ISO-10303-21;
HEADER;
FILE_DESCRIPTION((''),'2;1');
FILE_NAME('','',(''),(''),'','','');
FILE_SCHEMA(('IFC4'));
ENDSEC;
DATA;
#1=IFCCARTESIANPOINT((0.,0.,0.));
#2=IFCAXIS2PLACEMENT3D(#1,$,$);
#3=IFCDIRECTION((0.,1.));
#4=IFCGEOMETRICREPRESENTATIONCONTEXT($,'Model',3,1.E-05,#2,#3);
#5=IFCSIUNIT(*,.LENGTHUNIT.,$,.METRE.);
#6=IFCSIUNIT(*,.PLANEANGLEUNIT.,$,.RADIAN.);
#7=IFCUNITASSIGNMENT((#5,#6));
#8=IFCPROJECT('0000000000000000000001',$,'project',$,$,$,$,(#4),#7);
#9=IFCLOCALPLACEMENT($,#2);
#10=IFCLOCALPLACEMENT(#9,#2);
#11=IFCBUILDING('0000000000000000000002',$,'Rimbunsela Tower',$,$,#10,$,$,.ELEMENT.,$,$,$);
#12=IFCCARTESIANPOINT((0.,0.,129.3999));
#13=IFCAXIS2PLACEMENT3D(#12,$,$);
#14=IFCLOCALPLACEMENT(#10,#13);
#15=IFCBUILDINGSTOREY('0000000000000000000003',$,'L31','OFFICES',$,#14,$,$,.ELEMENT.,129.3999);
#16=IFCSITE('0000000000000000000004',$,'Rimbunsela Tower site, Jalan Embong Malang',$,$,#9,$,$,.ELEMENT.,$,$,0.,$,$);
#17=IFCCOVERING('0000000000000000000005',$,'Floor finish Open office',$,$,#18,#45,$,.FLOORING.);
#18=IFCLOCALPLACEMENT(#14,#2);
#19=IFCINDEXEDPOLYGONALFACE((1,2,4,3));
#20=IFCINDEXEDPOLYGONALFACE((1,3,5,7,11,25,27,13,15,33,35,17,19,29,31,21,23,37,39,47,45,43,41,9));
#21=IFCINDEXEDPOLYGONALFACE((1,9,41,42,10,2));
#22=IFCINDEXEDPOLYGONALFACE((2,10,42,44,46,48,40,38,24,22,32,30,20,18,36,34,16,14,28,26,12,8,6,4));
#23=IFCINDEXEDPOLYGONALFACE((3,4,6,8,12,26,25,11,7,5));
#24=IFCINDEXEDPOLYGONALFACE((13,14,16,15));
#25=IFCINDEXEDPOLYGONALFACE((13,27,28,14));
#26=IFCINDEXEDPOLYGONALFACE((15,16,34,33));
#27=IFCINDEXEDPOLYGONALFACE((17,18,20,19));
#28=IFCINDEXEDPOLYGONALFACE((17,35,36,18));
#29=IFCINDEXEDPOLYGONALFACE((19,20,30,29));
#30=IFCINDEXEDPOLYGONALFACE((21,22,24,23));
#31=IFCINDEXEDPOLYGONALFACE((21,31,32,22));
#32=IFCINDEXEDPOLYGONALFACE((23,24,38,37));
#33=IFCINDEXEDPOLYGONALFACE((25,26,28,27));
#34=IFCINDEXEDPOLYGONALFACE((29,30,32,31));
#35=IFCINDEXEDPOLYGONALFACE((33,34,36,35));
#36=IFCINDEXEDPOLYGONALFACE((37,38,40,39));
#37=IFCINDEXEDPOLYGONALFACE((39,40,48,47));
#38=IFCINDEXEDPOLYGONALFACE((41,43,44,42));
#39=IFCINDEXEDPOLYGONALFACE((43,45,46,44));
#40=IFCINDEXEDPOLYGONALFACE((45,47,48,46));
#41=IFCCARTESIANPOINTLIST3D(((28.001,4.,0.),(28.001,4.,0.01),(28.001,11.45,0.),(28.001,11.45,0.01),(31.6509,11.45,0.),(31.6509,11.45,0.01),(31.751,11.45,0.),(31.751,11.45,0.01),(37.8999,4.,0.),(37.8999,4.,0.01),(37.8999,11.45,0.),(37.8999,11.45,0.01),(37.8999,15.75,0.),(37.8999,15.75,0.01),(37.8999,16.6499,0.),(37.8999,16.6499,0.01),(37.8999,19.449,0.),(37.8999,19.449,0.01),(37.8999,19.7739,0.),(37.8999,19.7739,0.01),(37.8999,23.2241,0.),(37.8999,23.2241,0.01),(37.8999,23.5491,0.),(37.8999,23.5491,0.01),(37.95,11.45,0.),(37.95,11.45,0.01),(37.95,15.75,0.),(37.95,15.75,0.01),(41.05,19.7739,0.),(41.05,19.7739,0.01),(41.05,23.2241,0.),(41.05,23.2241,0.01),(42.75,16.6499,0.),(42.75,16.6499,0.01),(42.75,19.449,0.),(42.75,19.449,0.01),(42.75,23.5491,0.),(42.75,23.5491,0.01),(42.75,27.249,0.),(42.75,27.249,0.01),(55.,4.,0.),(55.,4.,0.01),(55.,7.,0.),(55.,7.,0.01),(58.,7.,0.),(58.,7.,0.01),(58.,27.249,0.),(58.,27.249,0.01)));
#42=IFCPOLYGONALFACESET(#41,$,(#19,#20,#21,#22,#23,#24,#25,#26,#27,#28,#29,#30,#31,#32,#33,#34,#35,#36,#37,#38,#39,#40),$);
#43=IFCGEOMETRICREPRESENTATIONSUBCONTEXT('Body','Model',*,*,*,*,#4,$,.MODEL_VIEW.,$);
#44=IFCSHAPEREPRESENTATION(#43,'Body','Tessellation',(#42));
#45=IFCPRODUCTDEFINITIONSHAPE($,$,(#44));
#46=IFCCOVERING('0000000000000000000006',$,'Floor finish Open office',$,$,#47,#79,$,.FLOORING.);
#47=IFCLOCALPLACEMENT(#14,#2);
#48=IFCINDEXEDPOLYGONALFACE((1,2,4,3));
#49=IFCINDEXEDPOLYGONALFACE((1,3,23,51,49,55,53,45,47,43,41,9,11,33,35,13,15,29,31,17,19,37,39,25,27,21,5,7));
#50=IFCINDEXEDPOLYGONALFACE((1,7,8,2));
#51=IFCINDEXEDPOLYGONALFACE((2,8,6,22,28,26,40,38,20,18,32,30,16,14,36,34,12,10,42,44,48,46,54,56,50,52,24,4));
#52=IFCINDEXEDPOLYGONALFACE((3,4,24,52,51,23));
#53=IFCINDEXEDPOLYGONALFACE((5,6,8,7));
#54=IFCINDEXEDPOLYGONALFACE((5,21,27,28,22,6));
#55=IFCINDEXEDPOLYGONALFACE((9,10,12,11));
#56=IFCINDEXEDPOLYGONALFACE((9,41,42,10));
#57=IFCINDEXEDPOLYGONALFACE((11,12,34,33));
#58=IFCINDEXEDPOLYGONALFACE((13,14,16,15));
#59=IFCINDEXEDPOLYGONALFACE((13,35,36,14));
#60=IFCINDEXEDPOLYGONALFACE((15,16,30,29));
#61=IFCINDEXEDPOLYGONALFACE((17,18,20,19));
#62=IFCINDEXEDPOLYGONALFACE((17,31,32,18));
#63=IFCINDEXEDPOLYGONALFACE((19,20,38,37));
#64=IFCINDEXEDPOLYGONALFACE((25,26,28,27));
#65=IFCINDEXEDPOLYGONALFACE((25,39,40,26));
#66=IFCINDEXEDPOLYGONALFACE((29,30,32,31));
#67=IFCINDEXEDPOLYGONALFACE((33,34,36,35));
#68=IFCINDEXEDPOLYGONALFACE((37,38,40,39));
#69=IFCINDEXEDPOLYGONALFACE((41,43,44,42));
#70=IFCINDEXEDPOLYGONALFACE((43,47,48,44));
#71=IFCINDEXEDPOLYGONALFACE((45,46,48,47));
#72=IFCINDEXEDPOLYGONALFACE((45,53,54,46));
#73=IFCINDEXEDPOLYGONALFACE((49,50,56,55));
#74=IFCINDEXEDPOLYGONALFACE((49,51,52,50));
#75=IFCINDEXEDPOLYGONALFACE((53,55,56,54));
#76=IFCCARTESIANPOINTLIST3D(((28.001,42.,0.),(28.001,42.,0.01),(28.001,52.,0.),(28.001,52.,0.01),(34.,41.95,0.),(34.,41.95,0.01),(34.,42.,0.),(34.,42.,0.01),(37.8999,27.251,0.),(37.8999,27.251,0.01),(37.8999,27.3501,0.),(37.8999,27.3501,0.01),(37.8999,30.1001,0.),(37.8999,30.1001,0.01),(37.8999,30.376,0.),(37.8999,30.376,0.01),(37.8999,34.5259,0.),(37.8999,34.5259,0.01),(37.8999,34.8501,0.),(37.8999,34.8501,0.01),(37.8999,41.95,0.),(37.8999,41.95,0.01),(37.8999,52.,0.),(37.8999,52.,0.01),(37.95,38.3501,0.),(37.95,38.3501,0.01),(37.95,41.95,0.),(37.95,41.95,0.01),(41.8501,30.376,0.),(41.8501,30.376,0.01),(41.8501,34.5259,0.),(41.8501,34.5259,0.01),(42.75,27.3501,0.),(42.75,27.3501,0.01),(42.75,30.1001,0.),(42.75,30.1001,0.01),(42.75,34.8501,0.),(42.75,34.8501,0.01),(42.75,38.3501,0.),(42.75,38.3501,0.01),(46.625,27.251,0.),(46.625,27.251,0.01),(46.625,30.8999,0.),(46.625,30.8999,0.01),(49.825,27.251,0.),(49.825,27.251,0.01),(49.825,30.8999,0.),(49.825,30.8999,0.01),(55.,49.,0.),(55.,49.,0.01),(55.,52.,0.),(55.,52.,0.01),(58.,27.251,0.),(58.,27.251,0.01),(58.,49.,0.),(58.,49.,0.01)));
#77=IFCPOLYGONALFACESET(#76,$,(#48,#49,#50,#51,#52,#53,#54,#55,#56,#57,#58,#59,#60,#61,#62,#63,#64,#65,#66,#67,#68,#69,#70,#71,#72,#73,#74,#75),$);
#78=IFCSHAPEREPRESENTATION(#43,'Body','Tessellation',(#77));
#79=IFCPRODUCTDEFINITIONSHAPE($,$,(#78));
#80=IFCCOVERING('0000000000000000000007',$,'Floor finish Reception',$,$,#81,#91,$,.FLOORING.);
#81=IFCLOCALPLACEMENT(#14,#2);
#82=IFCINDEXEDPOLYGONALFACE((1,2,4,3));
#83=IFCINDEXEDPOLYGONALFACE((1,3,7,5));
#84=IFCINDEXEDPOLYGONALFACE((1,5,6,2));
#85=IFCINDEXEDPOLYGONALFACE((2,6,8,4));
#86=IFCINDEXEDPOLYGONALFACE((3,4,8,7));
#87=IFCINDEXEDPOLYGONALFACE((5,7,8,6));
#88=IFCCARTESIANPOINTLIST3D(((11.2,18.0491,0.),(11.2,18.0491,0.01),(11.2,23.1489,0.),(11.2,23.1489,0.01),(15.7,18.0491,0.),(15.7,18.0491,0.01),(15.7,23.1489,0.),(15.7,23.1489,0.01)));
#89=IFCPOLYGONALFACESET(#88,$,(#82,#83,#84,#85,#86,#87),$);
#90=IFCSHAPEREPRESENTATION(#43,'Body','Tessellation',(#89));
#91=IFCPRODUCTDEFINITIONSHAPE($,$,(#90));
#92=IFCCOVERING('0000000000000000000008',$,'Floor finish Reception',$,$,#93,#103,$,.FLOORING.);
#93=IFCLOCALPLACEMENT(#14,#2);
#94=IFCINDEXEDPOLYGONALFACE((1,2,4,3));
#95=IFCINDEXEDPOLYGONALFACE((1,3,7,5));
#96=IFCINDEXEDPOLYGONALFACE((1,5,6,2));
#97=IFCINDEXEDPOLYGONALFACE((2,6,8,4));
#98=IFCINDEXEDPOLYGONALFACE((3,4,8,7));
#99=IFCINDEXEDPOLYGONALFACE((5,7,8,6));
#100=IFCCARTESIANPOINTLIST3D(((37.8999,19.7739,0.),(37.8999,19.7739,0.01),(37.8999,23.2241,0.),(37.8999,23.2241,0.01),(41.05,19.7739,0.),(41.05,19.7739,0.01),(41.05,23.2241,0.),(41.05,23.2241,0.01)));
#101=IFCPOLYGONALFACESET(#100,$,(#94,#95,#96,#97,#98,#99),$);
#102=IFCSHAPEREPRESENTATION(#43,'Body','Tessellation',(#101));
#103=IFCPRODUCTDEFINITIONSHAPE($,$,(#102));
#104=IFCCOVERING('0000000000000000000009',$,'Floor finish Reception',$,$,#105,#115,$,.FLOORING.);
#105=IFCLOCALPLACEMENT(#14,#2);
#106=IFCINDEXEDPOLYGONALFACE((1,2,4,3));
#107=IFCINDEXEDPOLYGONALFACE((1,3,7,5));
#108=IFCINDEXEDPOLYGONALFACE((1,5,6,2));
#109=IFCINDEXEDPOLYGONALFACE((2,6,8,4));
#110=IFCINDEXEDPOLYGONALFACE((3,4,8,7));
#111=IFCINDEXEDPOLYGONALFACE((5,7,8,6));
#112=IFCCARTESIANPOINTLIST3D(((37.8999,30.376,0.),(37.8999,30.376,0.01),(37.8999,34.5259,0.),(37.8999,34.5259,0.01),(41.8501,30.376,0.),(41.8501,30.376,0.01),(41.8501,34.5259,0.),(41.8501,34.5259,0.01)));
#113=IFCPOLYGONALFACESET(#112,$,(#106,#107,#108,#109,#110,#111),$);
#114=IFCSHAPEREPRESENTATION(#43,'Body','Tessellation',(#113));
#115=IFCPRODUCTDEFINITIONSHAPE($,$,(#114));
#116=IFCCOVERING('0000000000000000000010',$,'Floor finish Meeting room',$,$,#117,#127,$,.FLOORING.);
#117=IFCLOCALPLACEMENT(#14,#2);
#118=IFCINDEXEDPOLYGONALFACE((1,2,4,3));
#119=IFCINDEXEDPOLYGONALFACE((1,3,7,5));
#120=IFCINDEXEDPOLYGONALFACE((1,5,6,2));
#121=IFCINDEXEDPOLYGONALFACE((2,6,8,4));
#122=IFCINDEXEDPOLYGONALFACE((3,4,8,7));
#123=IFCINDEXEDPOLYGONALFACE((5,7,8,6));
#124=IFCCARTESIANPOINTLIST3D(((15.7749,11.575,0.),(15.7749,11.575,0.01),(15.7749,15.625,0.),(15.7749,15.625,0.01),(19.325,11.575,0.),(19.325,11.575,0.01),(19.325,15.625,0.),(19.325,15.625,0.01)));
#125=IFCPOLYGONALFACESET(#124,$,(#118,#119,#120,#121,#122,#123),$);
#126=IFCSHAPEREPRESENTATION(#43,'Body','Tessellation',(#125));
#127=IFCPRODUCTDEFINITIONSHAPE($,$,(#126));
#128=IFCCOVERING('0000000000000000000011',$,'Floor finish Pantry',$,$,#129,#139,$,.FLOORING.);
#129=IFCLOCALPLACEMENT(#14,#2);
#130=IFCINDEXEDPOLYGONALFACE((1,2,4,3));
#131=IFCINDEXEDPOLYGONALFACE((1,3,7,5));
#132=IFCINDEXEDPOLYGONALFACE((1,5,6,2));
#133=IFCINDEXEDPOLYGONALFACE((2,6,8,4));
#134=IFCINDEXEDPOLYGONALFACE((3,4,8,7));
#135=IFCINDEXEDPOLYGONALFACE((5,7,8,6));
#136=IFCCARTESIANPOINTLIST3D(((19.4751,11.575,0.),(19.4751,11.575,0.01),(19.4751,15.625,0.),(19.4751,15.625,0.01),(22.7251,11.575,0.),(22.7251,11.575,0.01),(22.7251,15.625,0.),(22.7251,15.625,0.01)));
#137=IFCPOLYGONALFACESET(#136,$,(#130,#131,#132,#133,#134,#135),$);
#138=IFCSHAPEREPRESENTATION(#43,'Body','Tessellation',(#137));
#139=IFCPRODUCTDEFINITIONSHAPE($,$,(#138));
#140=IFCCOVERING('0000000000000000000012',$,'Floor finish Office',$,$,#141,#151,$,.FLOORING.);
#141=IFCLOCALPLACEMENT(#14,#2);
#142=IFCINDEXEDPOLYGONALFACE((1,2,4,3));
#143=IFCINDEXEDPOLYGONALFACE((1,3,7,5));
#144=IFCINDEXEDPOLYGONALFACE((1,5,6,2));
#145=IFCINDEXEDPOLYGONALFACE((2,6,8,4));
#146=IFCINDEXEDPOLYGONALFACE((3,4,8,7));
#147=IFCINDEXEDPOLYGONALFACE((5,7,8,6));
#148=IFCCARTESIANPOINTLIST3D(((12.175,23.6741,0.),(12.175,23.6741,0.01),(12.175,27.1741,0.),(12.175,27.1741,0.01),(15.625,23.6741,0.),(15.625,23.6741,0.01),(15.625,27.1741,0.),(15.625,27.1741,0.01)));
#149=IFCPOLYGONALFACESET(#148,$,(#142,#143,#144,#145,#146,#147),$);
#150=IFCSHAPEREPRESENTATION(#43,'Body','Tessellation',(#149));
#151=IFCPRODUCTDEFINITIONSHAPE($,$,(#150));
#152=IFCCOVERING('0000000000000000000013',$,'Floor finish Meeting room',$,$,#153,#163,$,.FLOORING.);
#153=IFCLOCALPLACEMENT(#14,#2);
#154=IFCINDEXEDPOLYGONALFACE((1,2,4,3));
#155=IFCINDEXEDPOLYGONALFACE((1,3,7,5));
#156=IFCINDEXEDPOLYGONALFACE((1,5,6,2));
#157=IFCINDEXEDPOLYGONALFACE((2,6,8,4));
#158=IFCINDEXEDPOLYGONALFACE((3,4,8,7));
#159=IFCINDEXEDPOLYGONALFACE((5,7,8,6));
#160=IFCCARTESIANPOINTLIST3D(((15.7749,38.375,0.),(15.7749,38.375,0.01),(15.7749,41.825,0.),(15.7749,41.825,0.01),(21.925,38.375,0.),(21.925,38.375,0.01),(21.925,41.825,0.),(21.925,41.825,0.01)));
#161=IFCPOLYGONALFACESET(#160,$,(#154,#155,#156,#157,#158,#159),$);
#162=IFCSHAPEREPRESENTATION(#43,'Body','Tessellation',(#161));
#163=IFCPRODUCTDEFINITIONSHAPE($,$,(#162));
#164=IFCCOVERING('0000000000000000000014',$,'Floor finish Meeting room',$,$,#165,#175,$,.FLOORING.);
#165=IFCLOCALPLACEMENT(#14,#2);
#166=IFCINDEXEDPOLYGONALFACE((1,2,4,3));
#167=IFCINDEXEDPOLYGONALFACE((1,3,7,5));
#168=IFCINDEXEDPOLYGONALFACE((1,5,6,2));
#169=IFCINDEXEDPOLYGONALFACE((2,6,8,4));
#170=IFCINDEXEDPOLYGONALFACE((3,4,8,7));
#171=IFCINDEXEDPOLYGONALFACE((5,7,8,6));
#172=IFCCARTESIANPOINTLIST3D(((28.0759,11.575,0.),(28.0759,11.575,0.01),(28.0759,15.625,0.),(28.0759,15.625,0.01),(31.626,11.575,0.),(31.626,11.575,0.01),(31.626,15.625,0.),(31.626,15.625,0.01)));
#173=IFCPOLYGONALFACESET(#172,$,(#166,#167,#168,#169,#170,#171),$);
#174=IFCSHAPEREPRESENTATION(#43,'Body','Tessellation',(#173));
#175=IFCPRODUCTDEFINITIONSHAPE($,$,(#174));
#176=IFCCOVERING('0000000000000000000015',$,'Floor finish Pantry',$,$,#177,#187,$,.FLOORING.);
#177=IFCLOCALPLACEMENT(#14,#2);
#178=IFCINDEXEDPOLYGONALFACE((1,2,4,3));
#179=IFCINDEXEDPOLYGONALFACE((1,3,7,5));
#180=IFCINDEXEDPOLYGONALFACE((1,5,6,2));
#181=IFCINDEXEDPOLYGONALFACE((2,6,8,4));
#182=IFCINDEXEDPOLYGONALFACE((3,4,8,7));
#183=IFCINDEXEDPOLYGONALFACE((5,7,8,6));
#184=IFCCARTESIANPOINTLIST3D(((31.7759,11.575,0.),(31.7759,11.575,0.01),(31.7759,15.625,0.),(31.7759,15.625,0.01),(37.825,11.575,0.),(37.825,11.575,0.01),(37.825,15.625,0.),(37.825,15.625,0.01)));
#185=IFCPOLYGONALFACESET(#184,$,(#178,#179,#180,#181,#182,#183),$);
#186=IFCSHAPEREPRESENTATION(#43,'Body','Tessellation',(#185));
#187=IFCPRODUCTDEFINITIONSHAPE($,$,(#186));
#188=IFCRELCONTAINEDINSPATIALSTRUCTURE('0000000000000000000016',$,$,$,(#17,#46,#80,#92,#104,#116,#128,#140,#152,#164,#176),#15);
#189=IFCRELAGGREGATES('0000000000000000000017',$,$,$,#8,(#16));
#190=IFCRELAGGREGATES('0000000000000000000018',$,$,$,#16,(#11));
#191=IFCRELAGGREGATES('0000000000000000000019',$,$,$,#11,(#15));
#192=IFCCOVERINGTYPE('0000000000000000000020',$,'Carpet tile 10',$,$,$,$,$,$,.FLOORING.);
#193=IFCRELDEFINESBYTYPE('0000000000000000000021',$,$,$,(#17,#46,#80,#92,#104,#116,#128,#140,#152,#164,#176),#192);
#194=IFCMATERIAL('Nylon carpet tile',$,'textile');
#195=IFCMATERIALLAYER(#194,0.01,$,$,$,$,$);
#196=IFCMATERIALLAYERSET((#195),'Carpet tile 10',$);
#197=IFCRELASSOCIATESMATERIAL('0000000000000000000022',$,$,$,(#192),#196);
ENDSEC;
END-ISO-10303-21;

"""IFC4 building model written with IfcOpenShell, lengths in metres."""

from ifc_helpers import new_model, si_unit, direction, frame, origin, place, context, subcontext, project, spatial, polyline, outline, extrude, material, layer, layer_set, type_object, element, save


model = new_model("IFC4")

# Units and contexts
model_context = context("Model", 3, precision=1e-05, world=origin(), true_north=direction((0.0, 1.0)))
body_context = subcontext(model_context, "Body", "Model", "MODEL_VIEW")
ifc_project = project(units=[si_unit("LENGTHUNIT", "METRE"), si_unit("PLANEANGLEUNIT", "RADIAN")], contexts=[model_context])

# Site, building, storey
site_placement = place(None, origin())
site = spatial("IfcSite", under=ifc_project, at=site_placement, Name="Rimbunsela Tower site, Jalan Embong Malang", CompositionType="ELEMENT", RefElevation=0.0)
building_placement = place(site_placement, origin())
building = spatial("IfcBuilding", under=site, at=building_placement, Name="Rimbunsela Tower", CompositionType="ELEMENT")
storey_placement = place(building_placement, frame((0.0, 0.0, 129.3999)))
storey = spatial("IfcBuildingStorey", under=building, at=storey_placement, Name="L31", Description="OFFICES", CompositionType="ELEMENT", Elevation=129.3999)

# Coverings
ifc_material_1 = material(Name="Nylon carpet tile", Category="textile")
ifc_layer_1 = layer(ifc_material_1, 0.01)
ifc_layer_set_1 = layer_set([ifc_layer_1], Name="Carpet tile 10")
covering_type_1 = type_object("IfcCoveringType", Name="Carpet tile 10", PredefinedType="FLOORING", material=ifc_layer_set_1)
covering_1_placement = place(storey_placement, origin())
element("IfcCovering", 1, at=covering_1_placement, inside=storey, type_object=covering_type_1, Name="Floor finish Open office", PredefinedType="FLOORING", context=body_context, shape_type="SweptSolid", body=[
    extrude(outline(polyline([(28.001, 11.45), (31.6509, 11.45), (31.751, 11.45), (37.8999, 11.45), (37.95, 11.45), (37.95, 15.75), (37.8999, 15.75), (37.8999, 16.6499), (42.75, 16.6499), (42.75, 19.449), (37.8999, 19.449), (37.8999, 19.7739), (41.05, 19.7739), (41.05, 23.2241), (37.8999, 23.2241), (37.8999, 23.5491), (42.75, 23.5491), (42.75, 27.249), (58.0, 27.249), (58.0, 7.0), (55.0, 7.0), (55.0, 4.0), (37.8999, 4.0), (28.001, 4.0), (28.001, 11.45)])), origin(), (0.0, 0.0, 1.0), 0.01),
])
covering_2_placement = place(storey_placement, origin())
element("IfcCovering", 2, at=covering_2_placement, inside=storey, type_object=covering_type_1, Name="Floor finish Open office", PredefinedType="FLOORING", context=body_context, shape_type="SweptSolid", body=[
    extrude(outline(polyline([(49.825, 27.251), (49.825, 30.8999), (46.625, 30.8999), (46.625, 27.251), (37.8999, 27.251), (37.8999, 27.3501), (42.75, 27.3501), (42.75, 30.1001), (37.8999, 30.1001), (37.8999, 30.376), (41.8501, 30.376), (41.8501, 34.5259), (37.8999, 34.5259), (37.8999, 34.8501), (42.75, 34.8501), (42.75, 38.3501), (37.95, 38.3501), (37.95, 41.95), (37.8999, 41.95), (34.0, 41.95), (34.0, 42.0), (28.001, 42.0), (28.001, 52.0), (37.8999, 52.0), (55.0, 52.0), (55.0, 49.0), (58.0, 49.0), (58.0, 27.251), (49.825, 27.251)])), origin(), (0.0, 0.0, 1.0), 0.01),
])
covering_3_placement = place(storey_placement, origin())
element("IfcCovering", 3, at=covering_3_placement, inside=storey, type_object=covering_type_1, Name="Floor finish Reception", PredefinedType="FLOORING", context=body_context, shape_type="SweptSolid", body=[
    extrude(outline(polyline([(15.7, 18.0491), (15.7, 23.1489), (11.2, 23.1489), (11.2, 18.0491), (15.7, 18.0491)])), origin(), (0.0, 0.0, 1.0), 0.01),
])
covering_4_placement = place(storey_placement, origin())
element("IfcCovering", 4, at=covering_4_placement, inside=storey, type_object=covering_type_1, Name="Floor finish Reception", PredefinedType="FLOORING", context=body_context, shape_type="SweptSolid", body=[
    extrude(outline(polyline([(41.05, 19.7739), (41.05, 23.2241), (37.8999, 23.2241), (37.8999, 19.7739), (41.05, 19.7739)])), origin(), (0.0, 0.0, 1.0), 0.01),
])
covering_5_placement = place(storey_placement, origin())
element("IfcCovering", 5, at=covering_5_placement, inside=storey, type_object=covering_type_1, Name="Floor finish Reception", PredefinedType="FLOORING", context=body_context, shape_type="SweptSolid", body=[
    extrude(outline(polyline([(41.8501, 30.376), (41.8501, 34.5259), (37.8999, 34.5259), (37.8999, 30.376), (41.8501, 30.376)])), origin(), (0.0, 0.0, 1.0), 0.01),
])
covering_6_placement = place(storey_placement, origin())
element("IfcCovering", 6, at=covering_6_placement, inside=storey, type_object=covering_type_1, Name="Floor finish Meeting room", PredefinedType="FLOORING", context=body_context, shape_type="SweptSolid", body=[
    extrude(outline(polyline([(19.325, 11.575), (19.325, 15.625), (15.7749, 15.625), (15.7749, 11.575), (19.325, 11.575)])), origin(), (0.0, 0.0, 1.0), 0.01),
])
covering_7_placement = place(storey_placement, origin())
element("IfcCovering", 7, at=covering_7_placement, inside=storey, type_object=covering_type_1, Name="Floor finish Pantry", PredefinedType="FLOORING", context=body_context, shape_type="SweptSolid", body=[
    extrude(outline(polyline([(22.7251, 11.575), (22.7251, 15.625), (19.4751, 15.625), (19.4751, 11.575), (22.7251, 11.575)])), origin(), (0.0, 0.0, 1.0), 0.01),
])
covering_8_placement = place(storey_placement, origin())
element("IfcCovering", 8, at=covering_8_placement, inside=storey, type_object=covering_type_1, Name="Floor finish Office", PredefinedType="FLOORING", context=body_context, shape_type="SweptSolid", body=[
    extrude(outline(polyline([(15.625, 23.6741), (15.625, 27.1741), (12.175, 27.1741), (12.175, 23.6741), (15.625, 23.6741)])), origin(), (0.0, 0.0, 1.0), 0.01),
])
covering_9_placement = place(storey_placement, origin())
element("IfcCovering", 9, at=covering_9_placement, inside=storey, type_object=covering_type_1, Name="Floor finish Meeting room", PredefinedType="FLOORING", context=body_context, shape_type="SweptSolid", body=[
    extrude(outline(polyline([(21.925, 38.375), (21.925, 41.825), (15.7749, 41.825), (15.7749, 38.375), (21.925, 38.375)])), origin(), (0.0, 0.0, 1.0), 0.01),
])
covering_10_placement = place(storey_placement, origin())
element("IfcCovering", 10, at=covering_10_placement, inside=storey, type_object=covering_type_1, Name="Floor finish Meeting room", PredefinedType="FLOORING", context=body_context, shape_type="SweptSolid", body=[
    extrude(outline(polyline([(31.626, 11.575), (31.626, 15.625), (28.0759, 15.625), (28.0759, 11.575), (31.626, 11.575)])), origin(), (0.0, 0.0, 1.0), 0.01),
])
covering_11_placement = place(storey_placement, origin())
element("IfcCovering", 11, at=covering_11_placement, inside=storey, type_object=covering_type_1, Name="Floor finish Pantry", PredefinedType="FLOORING", context=body_context, shape_type="SweptSolid", body=[
    extrude(outline(polyline([(37.825, 11.575), (37.825, 15.625), (31.7759, 15.625), (31.7759, 11.575), (37.825, 11.575)])), origin(), (0.0, 0.0, 1.0), 0.01),
])

save(model, "model.ifc")
